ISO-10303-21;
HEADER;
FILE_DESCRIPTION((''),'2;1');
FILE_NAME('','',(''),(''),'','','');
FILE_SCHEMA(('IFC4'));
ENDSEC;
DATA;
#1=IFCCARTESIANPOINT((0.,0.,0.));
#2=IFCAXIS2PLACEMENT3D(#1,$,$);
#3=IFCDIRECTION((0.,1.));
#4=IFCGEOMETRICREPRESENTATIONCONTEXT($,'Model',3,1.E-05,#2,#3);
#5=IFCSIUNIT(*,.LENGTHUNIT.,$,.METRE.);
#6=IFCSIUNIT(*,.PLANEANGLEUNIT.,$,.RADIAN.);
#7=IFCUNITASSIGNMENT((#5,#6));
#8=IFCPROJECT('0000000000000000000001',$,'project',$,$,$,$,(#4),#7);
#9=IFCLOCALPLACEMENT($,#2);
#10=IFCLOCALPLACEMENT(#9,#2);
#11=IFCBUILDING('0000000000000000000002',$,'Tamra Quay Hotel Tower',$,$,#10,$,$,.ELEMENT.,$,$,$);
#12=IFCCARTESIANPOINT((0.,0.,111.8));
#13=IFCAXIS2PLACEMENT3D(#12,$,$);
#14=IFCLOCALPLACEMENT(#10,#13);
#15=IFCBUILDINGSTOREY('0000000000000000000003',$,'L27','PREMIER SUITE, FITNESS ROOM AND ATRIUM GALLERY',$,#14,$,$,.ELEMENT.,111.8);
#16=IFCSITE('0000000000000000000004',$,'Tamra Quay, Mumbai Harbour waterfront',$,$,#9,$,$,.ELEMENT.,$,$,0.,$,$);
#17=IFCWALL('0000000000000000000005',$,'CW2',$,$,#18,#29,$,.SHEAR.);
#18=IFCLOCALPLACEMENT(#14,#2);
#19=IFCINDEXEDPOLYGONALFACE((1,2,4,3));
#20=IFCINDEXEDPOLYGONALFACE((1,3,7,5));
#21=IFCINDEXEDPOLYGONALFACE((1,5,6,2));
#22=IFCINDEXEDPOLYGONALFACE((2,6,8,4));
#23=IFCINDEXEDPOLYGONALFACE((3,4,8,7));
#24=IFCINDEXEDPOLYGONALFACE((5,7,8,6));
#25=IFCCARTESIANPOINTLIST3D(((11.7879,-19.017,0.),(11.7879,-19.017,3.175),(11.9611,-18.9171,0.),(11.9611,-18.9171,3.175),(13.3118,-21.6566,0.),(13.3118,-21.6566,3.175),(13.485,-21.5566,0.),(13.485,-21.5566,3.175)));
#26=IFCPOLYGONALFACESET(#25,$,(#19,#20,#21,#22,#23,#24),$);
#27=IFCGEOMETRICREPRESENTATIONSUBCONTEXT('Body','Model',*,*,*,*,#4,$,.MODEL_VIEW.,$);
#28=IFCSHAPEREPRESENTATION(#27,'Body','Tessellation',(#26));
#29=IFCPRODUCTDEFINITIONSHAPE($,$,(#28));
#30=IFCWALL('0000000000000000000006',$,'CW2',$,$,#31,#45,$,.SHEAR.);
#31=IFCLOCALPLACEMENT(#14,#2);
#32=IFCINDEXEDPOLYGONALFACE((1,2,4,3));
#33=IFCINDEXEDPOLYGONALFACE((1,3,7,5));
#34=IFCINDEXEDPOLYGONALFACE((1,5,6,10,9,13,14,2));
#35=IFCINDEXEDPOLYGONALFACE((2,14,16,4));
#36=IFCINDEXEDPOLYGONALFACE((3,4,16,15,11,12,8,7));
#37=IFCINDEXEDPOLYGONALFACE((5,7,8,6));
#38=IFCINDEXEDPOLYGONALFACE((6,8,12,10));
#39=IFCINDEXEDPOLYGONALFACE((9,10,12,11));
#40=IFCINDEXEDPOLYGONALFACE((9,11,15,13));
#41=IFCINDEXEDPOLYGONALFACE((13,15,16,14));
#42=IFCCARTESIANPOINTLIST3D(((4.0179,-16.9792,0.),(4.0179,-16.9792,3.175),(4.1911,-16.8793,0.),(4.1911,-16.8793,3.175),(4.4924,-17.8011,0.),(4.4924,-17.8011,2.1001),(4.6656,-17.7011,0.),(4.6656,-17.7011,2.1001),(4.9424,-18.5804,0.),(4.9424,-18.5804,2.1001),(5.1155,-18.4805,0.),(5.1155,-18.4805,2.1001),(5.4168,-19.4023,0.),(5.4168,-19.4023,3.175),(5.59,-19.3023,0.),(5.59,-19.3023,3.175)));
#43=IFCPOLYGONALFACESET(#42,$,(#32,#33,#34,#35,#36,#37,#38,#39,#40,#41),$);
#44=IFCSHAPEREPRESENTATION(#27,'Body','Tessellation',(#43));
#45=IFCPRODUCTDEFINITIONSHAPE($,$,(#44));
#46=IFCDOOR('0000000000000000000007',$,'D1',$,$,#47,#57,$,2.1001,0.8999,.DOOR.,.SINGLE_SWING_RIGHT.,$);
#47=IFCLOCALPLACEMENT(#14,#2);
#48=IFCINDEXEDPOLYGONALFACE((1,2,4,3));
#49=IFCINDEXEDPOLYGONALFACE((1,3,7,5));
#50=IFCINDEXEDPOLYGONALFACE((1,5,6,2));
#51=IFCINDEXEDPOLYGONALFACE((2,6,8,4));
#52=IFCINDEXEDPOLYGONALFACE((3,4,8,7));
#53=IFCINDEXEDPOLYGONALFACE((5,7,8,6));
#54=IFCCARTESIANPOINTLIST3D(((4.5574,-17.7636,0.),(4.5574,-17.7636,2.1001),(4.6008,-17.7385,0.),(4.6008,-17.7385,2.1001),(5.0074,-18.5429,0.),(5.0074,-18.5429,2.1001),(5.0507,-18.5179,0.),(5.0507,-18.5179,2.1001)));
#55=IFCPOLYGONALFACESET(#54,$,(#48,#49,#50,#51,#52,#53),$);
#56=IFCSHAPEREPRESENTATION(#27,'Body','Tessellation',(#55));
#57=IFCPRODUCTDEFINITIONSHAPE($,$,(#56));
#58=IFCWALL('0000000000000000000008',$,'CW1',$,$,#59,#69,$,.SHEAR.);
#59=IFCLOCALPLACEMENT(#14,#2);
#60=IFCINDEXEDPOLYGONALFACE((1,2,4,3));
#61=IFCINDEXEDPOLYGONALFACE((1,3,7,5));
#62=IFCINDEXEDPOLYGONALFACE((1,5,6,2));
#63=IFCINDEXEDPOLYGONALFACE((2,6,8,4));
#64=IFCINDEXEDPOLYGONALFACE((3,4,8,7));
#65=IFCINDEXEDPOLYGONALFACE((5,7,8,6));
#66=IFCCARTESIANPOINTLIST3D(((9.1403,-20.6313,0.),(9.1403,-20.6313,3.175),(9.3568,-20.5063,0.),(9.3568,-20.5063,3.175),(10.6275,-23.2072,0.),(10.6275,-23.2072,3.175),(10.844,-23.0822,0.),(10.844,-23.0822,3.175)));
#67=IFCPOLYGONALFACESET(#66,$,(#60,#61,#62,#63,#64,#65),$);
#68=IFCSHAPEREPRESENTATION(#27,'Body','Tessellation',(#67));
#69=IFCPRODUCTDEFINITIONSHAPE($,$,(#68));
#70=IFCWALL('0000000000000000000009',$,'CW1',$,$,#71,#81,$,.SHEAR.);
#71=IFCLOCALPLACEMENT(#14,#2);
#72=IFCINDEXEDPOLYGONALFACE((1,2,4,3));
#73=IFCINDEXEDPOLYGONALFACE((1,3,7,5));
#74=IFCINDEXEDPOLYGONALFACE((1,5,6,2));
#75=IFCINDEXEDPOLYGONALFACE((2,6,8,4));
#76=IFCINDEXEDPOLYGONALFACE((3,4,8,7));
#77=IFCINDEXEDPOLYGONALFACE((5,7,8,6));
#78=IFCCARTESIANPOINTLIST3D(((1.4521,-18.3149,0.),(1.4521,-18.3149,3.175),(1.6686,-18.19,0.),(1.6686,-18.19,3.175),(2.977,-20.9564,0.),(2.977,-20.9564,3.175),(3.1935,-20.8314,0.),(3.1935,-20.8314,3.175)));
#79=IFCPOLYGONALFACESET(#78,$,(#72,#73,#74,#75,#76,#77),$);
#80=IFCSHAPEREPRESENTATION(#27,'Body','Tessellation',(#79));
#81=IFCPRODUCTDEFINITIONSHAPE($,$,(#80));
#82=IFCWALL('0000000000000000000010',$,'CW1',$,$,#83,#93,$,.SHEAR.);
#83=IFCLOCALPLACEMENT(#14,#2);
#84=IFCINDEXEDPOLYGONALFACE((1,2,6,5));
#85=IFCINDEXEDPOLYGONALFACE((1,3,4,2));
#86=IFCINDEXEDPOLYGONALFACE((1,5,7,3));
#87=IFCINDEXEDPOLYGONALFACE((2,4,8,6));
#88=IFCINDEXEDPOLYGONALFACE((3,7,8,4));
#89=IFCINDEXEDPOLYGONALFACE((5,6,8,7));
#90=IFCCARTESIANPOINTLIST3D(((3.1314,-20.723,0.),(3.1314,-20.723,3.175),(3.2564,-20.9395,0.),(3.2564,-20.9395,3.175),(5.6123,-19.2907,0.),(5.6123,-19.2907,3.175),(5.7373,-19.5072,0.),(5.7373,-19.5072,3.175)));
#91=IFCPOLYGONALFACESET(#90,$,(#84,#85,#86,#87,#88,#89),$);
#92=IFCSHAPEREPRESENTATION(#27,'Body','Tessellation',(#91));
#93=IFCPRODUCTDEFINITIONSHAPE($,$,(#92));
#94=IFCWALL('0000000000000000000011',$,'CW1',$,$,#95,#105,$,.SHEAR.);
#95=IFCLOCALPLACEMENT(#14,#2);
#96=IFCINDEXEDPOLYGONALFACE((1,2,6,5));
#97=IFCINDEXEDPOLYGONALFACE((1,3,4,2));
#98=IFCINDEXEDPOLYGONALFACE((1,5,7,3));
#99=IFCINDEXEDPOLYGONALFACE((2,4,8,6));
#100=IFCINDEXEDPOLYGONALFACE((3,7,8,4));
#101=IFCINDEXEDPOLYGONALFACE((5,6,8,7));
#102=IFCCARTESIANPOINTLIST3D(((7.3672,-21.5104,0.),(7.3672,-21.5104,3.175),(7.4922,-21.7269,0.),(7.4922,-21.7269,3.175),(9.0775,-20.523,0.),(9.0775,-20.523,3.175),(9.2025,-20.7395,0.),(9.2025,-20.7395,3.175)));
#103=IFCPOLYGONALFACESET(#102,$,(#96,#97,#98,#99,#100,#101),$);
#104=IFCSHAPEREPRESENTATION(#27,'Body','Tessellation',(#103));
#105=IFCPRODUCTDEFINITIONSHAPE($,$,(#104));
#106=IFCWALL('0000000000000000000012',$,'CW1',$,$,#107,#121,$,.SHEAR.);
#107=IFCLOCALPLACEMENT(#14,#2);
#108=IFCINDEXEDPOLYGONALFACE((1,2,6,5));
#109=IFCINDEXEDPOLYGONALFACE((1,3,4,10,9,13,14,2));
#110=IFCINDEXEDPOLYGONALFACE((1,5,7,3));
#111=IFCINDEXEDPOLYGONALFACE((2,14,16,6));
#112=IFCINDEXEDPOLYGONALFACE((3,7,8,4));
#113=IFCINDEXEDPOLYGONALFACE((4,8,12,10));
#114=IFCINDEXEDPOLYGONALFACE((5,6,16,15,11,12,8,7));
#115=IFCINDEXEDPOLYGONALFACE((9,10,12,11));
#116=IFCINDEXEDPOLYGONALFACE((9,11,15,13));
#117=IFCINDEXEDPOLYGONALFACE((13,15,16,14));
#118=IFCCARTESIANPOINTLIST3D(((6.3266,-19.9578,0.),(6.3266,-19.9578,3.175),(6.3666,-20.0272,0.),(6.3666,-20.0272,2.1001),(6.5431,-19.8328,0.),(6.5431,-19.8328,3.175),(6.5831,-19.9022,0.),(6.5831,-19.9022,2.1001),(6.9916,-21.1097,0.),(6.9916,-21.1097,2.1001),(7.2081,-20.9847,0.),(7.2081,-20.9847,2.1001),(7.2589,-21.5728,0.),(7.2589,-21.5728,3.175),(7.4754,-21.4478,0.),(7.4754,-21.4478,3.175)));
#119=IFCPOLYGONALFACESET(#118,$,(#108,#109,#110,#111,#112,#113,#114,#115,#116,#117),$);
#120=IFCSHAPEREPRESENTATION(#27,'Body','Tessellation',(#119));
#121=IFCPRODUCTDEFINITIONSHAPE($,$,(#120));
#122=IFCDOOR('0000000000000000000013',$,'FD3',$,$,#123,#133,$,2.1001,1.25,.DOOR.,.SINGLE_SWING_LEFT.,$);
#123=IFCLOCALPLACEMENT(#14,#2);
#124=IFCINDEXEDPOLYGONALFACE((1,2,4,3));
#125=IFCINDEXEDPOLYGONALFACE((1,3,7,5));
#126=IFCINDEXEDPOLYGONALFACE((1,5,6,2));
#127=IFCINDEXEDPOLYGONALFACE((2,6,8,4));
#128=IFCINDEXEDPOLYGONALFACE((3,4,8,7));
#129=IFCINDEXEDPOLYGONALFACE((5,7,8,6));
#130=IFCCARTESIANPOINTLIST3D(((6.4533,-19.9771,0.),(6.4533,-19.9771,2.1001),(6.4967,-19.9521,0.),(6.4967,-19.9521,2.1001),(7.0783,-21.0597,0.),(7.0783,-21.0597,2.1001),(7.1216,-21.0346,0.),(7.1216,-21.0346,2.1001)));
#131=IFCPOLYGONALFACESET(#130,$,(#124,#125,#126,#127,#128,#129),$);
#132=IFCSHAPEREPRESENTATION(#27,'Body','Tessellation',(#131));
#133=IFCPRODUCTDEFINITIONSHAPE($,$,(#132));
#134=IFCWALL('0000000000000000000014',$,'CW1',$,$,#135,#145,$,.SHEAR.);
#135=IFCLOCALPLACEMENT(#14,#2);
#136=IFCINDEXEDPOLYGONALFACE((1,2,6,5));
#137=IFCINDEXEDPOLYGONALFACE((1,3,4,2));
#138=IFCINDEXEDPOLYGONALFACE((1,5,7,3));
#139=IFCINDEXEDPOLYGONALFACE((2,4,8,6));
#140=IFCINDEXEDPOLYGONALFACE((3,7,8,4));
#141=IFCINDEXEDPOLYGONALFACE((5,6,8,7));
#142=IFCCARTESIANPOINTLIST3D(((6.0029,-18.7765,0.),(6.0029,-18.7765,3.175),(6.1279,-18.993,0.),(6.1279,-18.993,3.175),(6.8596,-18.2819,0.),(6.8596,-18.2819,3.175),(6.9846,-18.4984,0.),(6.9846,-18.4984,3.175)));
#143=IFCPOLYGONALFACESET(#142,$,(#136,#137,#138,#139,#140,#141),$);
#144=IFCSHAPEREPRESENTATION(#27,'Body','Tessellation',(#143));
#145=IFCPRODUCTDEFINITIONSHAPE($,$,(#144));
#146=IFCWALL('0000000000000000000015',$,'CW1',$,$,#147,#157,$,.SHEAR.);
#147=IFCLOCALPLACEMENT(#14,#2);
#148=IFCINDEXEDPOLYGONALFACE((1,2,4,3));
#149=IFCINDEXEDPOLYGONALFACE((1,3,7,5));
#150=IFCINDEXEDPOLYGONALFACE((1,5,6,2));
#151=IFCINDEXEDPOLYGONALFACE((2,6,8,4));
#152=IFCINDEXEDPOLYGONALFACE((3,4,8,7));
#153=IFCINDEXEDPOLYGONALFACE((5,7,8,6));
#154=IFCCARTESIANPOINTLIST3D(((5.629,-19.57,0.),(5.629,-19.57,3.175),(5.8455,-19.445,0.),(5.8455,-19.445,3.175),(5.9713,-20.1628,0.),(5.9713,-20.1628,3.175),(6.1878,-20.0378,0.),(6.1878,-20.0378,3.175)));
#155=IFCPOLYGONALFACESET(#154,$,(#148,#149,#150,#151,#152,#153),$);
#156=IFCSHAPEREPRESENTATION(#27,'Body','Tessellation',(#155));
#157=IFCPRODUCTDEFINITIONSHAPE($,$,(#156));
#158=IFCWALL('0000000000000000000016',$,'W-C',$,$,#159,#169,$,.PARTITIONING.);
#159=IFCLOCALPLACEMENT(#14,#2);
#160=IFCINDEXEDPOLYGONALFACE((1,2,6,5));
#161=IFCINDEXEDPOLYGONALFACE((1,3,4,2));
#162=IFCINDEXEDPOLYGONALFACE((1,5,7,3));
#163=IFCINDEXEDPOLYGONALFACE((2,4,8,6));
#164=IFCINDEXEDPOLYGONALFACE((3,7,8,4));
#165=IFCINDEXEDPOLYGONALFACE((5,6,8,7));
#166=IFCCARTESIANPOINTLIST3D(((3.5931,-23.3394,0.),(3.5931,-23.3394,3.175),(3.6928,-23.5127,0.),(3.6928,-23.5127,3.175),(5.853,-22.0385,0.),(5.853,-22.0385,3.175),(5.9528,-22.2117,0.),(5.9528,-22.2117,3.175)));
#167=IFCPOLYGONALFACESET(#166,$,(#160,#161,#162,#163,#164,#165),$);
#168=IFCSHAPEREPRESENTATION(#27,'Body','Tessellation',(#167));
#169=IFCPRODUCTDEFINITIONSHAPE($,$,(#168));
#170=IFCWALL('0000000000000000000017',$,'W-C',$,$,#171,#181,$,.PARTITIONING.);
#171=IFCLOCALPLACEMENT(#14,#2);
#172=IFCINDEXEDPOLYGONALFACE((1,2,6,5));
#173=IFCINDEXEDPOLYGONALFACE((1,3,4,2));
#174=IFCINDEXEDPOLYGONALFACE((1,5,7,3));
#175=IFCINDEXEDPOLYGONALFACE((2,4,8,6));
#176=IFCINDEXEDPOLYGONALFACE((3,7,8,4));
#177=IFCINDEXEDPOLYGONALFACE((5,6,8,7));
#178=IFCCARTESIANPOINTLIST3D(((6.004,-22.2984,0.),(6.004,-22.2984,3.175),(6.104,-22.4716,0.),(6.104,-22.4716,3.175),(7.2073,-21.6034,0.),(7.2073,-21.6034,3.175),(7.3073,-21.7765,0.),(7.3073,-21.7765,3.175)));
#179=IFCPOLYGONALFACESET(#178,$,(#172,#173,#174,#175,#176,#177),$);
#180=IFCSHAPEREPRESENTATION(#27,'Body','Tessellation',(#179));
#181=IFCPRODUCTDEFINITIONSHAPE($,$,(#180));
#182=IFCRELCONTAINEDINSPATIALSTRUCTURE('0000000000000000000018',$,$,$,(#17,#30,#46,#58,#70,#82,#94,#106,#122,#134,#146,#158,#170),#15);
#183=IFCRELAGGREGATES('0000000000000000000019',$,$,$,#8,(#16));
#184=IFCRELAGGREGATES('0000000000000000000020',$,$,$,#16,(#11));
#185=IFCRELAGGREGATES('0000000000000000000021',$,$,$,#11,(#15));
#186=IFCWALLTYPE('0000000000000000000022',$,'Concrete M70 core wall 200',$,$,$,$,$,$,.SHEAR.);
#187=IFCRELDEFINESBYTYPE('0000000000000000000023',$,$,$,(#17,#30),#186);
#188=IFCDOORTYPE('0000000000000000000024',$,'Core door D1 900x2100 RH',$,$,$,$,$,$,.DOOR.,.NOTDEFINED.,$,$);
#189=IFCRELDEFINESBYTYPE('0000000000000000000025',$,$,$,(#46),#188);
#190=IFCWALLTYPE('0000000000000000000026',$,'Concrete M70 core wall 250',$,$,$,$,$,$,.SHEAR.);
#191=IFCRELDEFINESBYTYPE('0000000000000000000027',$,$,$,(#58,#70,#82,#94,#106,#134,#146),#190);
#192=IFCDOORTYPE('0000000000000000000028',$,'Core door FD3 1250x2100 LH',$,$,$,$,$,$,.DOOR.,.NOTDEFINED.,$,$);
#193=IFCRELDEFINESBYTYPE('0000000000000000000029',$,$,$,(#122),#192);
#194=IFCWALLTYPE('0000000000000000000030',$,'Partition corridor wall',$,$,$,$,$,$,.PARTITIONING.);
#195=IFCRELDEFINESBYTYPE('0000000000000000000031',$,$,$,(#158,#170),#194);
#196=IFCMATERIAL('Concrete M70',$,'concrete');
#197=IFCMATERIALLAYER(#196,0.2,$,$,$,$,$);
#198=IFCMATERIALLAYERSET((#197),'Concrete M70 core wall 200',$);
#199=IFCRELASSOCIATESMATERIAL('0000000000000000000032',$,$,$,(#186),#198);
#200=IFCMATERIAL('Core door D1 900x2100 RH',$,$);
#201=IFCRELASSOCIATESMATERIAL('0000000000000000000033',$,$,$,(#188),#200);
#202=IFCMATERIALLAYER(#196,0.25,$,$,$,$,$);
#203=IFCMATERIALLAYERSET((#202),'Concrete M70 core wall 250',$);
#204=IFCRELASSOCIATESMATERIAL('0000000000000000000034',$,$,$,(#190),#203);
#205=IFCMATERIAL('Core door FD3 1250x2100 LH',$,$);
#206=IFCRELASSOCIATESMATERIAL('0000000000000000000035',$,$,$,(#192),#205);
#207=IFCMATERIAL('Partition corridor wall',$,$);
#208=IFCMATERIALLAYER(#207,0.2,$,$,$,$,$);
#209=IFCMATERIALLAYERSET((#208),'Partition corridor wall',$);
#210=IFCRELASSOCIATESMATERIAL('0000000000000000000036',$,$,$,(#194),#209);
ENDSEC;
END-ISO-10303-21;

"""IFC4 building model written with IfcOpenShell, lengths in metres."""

from ifc_helpers import new_model, si_unit, direction, frame, frame_2d, origin, place, context, subcontext, project, spatial, rectangle, extrude, material, layer, layer_set, type_object, element, fill, save


model = new_model("IFC4")

# Units and contexts
model_context = context("Model", 3, precision=1e-05, world=origin(), true_north=direction((0.0, 1.0)))
body_context = subcontext(model_context, "Body", "Model", "MODEL_VIEW")
ifc_project = project(units=[si_unit("LENGTHUNIT", "METRE"), si_unit("PLANEANGLEUNIT", "RADIAN")], contexts=[model_context])

# Site, building, storey
site_placement = place(None, origin())
site = spatial("IfcSite", under=ifc_project, at=site_placement, Name="Tamra Quay, Mumbai Harbour waterfront", CompositionType="ELEMENT", RefElevation=0.0)
building_placement = place(site_placement, origin())
building = spatial("IfcBuilding", under=site, at=building_placement, Name="Tamra Quay Hotel Tower", CompositionType="ELEMENT")
storey_placement = place(building_placement, frame((0.0, 0.0, 111.8)))
storey = spatial("IfcBuildingStorey", under=building, at=storey_placement, Name="L27", Description="PREMIER SUITE, FITNESS ROOM AND ATRIUM GALLERY", CompositionType="ELEMENT", Elevation=111.8)

# Shared definitions
ifc_material_1 = material(Name="Concrete M70", Category="concrete")

# Shared definitions
ifc_layer_1 = layer(ifc_material_1, 0.2)
ifc_layer_set_1 = layer_set([ifc_layer_1], Name="Concrete M70 core wall 200")
wall_type_1 = type_object("IfcWallType", Name="Concrete M70 core wall 200", PredefinedType="SHEAR", material=ifc_layer_set_1)

# Wall
wall_1_placement = place(storey_placement, frame((11.8745, -18.967, 0.0), z_axis=(0.0, 0.0, 1.0), x_axis=(0.499981, -0.866036, 0.0)))
element("IfcWall", 1, at=wall_1_placement, inside=storey, type_object=wall_type_1, Name="CW2", PredefinedType="SHEAR", context=body_context, shape_type="SweptSolid", body=[
    extrude(rectangle(XDim=3.0479, YDim=0.2, at=frame_2d((1.5239, 0.0))), origin(), (0.0, 0.0, 1.0), 3.175),
])

# Wall, opening, door
wall_2_placement = place(storey_placement, frame((5.5034, -19.3523, 0.0), z_axis=(0.0, 0.0, 1.0), x_axis=(-0.499987, 0.866033, 0.0)))
wall_2 = element("IfcWall", 2, at=wall_2_placement, inside=storey, type_object=wall_type_1, Name="CW2", PredefinedType="SHEAR", context=body_context, shape_type="SweptSolid", body=[
    extrude(rectangle(XDim=2.7979, YDim=0.2, at=frame_2d((1.3989, 0.0))), origin(), (0.0, 0.0, 1.0), 3.175),
])
opening_1_placement = place(wall_2_placement, frame((0.949, 0.0, 0.0)))
opening_1 = element("IfcOpeningElement", 3, at=opening_1_placement, cuts=wall_2, PredefinedType="OPENING", context=body_context, shape_type="SweptSolid", body=[
    extrude(rectangle(XDim=0.8999, YDim=2.1001, at=frame_2d((0.45, 1.05))), frame((0.0, 0.1099, 0.0), z_axis=(0.0, -1.0, 0.0), x_axis=(1.0, 0.0, 0.0)), (0.0, 0.0, 1.0), 0.22),
])
ifc_material_2 = material(Name="Core door D1 900x2100 RH")
door_type_1 = type_object("IfcDoorType", Name="Core door D1 900x2100 RH", OperationType="NOTDEFINED", PredefinedType="DOOR", material=ifc_material_2)
door_1_placement = place(opening_1_placement, origin())
door_1 = element("IfcDoor", 4, at=door_1_placement, inside=storey, type_object=door_type_1, Name="D1", OperationType="SINGLE_SWING_RIGHT", OverallHeight=2.1001, OverallWidth=0.8999, PredefinedType="DOOR", context=body_context, shape_type="SweptSolid", body=[
    extrude(rectangle(XDim=0.8999, YDim=2.1001, at=frame_2d((0.45, 1.05))), frame((0.0, 0.0249, 0.0), z_axis=(0.0, -1.0, 0.0), x_axis=(1.0, 0.0, 0.0)), (0.0, 0.0, 1.0), 0.05),
])
fill(opening_1, door_1)

# Walls
ifc_layer_2 = layer(ifc_material_1, 0.25)
ifc_layer_set_2 = layer_set([ifc_layer_2], Name="Concrete M70 core wall 250")
wall_type_2 = type_object("IfcWallType", Name="Concrete M70 core wall 250", PredefinedType="SHEAR", material=ifc_layer_set_2)
wall_3_placement = place(storey_placement, frame((10.7358, -23.1448, 0.0), z_axis=(0.0, 0.0, 1.0), x_axis=(-0.500023, 0.866012, 0.0)))
element("IfcWall", 5, at=wall_3_placement, inside=storey, type_object=wall_type_2, Name="CW1", PredefinedType="SHEAR", context=body_context, shape_type="SweptSolid", body=[
    extrude(rectangle(XDim=2.9744, YDim=0.25, at=frame_2d((1.4873, 0.0))), origin(), (0.0, 0.0, 1.0), 3.175),
])
wall_4_placement = place(storey_placement, frame((3.0852, -20.8938, 0.0), z_axis=(0.0, 0.0, 1.0), x_axis=(-0.499979, 0.866038, 0.0)))
element("IfcWall", 6, at=wall_4_placement, inside=storey, type_object=wall_type_2, Name="CW1", PredefinedType="SHEAR", context=body_context, shape_type="SweptSolid", body=[
    extrude(rectangle(XDim=3.05, YDim=0.25, at=frame_2d((1.5249, 0.0))), origin(), (0.0, 0.0, 1.0), 3.175),
])
wall_5_placement = place(storey_placement, frame((5.6748, -19.3989, 0.0), z_axis=(0.0, 0.0, 1.0), x_axis=(-0.866027, -0.499998, 0.0)))
element("IfcWall", 7, at=wall_5_placement, inside=storey, type_object=wall_type_2, Name="CW1", PredefinedType="SHEAR", context=body_context, shape_type="SweptSolid", body=[
    extrude(rectangle(XDim=2.8647, YDim=0.25, at=frame_2d((1.4324, 0.0))), origin(), (0.0, 0.0, 1.0), 3.175),
])
wall_6_placement = place(storey_placement, frame((9.1399, -20.6313, 0.0), z_axis=(0.0, 0.0, 1.0), x_axis=(-0.866044, -0.499969, 0.0)))
element("IfcWall", 8, at=wall_6_placement, inside=storey, type_object=wall_type_2, Name="CW1", PredefinedType="SHEAR", context=body_context, shape_type="SweptSolid", body=[
    extrude(rectangle(XDim=1.9749, YDim=0.25, at=frame_2d((0.9873, 0.0))), origin(), (0.0, 0.0, 1.0), 3.175),
])

# Wall, opening, door
wall_7_placement = place(storey_placement, frame((7.3672, -21.5103, 0.0), z_axis=(0.0, 0.0, 1.0), x_axis=(-0.499983, 0.866035, 0.0)))
wall_7 = element("IfcWall", 9, at=wall_7_placement, inside=storey, type_object=wall_type_2, Name="CW1", PredefinedType="SHEAR", context=body_context, shape_type="SweptSolid", body=[
    extrude(rectangle(XDim=1.8647, YDim=0.25, at=frame_2d((0.9324, 0.0))), origin(), (0.0, 0.0, 1.0), 3.175),
])
opening_2_placement = place(wall_7_placement, frame((0.5347, 0.0, 0.0)))
opening_2 = element("IfcOpeningElement", 10, at=opening_2_placement, cuts=wall_7, PredefinedType="OPENING", context=body_context, shape_type="SweptSolid", body=[
    extrude(rectangle(XDim=1.25, YDim=2.1001, at=frame_2d((0.625, 1.05))), frame((0.0, 0.135, 0.0), z_axis=(0.0, -1.0, 0.0), x_axis=(1.0, 0.0, 0.0)), (0.0, 0.0, 1.0), 0.27),
])
ifc_material_3 = material(Name="Core door FD3 1250x2100 LH")
door_type_2 = type_object("IfcDoorType", Name="Core door FD3 1250x2100 LH", OperationType="NOTDEFINED", PredefinedType="DOOR", material=ifc_material_3)
door_2_placement = place(opening_2_placement, origin())
door_2 = element("IfcDoor", 11, at=door_2_placement, inside=storey, type_object=door_type_2, Name="FD3", OperationType="SINGLE_SWING_LEFT", OverallHeight=2.1001, OverallWidth=1.25, PredefinedType="DOOR", context=body_context, shape_type="SweptSolid", body=[
    extrude(rectangle(XDim=1.25, YDim=2.1001, at=frame_2d((0.625, 1.05))), frame((0.0, 0.0249, 0.0), z_axis=(0.0, -1.0, 0.0), x_axis=(1.0, 0.0, 0.0)), (0.0, 0.0, 1.0), 0.05),
])
fill(opening_2, door_2)

# Walls
wall_8_placement = place(storey_placement, frame((6.0654, -18.8848, 0.0), z_axis=(0.0, 0.0, 1.0), x_axis=(0.866017, 0.500014, 0.0)))
element("IfcWall", 12, at=wall_8_placement, inside=storey, type_object=wall_type_2, Name="CW1", PredefinedType="SHEAR", context=body_context, shape_type="SweptSolid", body=[
    extrude(rectangle(XDim=0.9893, YDim=0.25, at=frame_2d((0.4946, 0.0))), origin(), (0.0, 0.0, 1.0), 3.175),
])
wall_9_placement = place(storey_placement, frame((6.0796, -20.1003, 0.0), z_axis=(0.0, 0.0, 1.0), x_axis=(-0.500052, 0.865996, 0.0)))
element("IfcWall", 13, at=wall_9_placement, inside=storey, type_object=wall_type_2, Name="CW1", PredefinedType="SHEAR", context=body_context, shape_type="SweptSolid", body=[
    extrude(rectangle(XDim=0.6846, YDim=0.25, at=frame_2d((0.3423, 0.0))), origin(), (0.0, 0.0, 1.0), 3.175),
])
ifc_material_4 = material(Name="Partition corridor wall")
ifc_layer_3 = layer(ifc_material_4, 0.2)
ifc_layer_set_3 = layer_set([ifc_layer_3], Name="Partition corridor wall")
wall_type_3 = type_object("IfcWallType", Name="Partition corridor wall", PredefinedType="PARTITIONING", material=ifc_layer_set_3)
wall_10_placement = place(storey_placement, frame((3.6431, -23.426, 0.0), z_axis=(0.0, 0.0, 1.0), x_axis=(0.866654, 0.498909, 0.0)))
element("IfcWall", 14, at=wall_10_placement, inside=storey, type_object=wall_type_3, Name="W-C", PredefinedType="PARTITIONING", context=body_context, shape_type="SweptSolid", body=[
    extrude(rectangle(XDim=2.6077, YDim=0.2, at=frame_2d((1.3037, 0.0))), origin(), (0.0, 0.0, 1.0), 3.175),
])
wall_11_placement = place(storey_placement, frame((6.054, -22.385, 0.0), z_axis=(0.0, 0.0, 1.0), x_axis=(0.865931, 0.500163, 0.0)))
element("IfcWall", 15, at=wall_11_placement, inside=storey, type_object=wall_type_3, Name="W-C", PredefinedType="PARTITIONING", context=body_context, shape_type="SweptSolid", body=[
    extrude(rectangle(XDim=1.3896, YDim=0.2, at=frame_2d((0.6948, 0.0))), origin(), (0.0, 0.0, 1.0), 3.175),
])

save(model, "model.ifc")
